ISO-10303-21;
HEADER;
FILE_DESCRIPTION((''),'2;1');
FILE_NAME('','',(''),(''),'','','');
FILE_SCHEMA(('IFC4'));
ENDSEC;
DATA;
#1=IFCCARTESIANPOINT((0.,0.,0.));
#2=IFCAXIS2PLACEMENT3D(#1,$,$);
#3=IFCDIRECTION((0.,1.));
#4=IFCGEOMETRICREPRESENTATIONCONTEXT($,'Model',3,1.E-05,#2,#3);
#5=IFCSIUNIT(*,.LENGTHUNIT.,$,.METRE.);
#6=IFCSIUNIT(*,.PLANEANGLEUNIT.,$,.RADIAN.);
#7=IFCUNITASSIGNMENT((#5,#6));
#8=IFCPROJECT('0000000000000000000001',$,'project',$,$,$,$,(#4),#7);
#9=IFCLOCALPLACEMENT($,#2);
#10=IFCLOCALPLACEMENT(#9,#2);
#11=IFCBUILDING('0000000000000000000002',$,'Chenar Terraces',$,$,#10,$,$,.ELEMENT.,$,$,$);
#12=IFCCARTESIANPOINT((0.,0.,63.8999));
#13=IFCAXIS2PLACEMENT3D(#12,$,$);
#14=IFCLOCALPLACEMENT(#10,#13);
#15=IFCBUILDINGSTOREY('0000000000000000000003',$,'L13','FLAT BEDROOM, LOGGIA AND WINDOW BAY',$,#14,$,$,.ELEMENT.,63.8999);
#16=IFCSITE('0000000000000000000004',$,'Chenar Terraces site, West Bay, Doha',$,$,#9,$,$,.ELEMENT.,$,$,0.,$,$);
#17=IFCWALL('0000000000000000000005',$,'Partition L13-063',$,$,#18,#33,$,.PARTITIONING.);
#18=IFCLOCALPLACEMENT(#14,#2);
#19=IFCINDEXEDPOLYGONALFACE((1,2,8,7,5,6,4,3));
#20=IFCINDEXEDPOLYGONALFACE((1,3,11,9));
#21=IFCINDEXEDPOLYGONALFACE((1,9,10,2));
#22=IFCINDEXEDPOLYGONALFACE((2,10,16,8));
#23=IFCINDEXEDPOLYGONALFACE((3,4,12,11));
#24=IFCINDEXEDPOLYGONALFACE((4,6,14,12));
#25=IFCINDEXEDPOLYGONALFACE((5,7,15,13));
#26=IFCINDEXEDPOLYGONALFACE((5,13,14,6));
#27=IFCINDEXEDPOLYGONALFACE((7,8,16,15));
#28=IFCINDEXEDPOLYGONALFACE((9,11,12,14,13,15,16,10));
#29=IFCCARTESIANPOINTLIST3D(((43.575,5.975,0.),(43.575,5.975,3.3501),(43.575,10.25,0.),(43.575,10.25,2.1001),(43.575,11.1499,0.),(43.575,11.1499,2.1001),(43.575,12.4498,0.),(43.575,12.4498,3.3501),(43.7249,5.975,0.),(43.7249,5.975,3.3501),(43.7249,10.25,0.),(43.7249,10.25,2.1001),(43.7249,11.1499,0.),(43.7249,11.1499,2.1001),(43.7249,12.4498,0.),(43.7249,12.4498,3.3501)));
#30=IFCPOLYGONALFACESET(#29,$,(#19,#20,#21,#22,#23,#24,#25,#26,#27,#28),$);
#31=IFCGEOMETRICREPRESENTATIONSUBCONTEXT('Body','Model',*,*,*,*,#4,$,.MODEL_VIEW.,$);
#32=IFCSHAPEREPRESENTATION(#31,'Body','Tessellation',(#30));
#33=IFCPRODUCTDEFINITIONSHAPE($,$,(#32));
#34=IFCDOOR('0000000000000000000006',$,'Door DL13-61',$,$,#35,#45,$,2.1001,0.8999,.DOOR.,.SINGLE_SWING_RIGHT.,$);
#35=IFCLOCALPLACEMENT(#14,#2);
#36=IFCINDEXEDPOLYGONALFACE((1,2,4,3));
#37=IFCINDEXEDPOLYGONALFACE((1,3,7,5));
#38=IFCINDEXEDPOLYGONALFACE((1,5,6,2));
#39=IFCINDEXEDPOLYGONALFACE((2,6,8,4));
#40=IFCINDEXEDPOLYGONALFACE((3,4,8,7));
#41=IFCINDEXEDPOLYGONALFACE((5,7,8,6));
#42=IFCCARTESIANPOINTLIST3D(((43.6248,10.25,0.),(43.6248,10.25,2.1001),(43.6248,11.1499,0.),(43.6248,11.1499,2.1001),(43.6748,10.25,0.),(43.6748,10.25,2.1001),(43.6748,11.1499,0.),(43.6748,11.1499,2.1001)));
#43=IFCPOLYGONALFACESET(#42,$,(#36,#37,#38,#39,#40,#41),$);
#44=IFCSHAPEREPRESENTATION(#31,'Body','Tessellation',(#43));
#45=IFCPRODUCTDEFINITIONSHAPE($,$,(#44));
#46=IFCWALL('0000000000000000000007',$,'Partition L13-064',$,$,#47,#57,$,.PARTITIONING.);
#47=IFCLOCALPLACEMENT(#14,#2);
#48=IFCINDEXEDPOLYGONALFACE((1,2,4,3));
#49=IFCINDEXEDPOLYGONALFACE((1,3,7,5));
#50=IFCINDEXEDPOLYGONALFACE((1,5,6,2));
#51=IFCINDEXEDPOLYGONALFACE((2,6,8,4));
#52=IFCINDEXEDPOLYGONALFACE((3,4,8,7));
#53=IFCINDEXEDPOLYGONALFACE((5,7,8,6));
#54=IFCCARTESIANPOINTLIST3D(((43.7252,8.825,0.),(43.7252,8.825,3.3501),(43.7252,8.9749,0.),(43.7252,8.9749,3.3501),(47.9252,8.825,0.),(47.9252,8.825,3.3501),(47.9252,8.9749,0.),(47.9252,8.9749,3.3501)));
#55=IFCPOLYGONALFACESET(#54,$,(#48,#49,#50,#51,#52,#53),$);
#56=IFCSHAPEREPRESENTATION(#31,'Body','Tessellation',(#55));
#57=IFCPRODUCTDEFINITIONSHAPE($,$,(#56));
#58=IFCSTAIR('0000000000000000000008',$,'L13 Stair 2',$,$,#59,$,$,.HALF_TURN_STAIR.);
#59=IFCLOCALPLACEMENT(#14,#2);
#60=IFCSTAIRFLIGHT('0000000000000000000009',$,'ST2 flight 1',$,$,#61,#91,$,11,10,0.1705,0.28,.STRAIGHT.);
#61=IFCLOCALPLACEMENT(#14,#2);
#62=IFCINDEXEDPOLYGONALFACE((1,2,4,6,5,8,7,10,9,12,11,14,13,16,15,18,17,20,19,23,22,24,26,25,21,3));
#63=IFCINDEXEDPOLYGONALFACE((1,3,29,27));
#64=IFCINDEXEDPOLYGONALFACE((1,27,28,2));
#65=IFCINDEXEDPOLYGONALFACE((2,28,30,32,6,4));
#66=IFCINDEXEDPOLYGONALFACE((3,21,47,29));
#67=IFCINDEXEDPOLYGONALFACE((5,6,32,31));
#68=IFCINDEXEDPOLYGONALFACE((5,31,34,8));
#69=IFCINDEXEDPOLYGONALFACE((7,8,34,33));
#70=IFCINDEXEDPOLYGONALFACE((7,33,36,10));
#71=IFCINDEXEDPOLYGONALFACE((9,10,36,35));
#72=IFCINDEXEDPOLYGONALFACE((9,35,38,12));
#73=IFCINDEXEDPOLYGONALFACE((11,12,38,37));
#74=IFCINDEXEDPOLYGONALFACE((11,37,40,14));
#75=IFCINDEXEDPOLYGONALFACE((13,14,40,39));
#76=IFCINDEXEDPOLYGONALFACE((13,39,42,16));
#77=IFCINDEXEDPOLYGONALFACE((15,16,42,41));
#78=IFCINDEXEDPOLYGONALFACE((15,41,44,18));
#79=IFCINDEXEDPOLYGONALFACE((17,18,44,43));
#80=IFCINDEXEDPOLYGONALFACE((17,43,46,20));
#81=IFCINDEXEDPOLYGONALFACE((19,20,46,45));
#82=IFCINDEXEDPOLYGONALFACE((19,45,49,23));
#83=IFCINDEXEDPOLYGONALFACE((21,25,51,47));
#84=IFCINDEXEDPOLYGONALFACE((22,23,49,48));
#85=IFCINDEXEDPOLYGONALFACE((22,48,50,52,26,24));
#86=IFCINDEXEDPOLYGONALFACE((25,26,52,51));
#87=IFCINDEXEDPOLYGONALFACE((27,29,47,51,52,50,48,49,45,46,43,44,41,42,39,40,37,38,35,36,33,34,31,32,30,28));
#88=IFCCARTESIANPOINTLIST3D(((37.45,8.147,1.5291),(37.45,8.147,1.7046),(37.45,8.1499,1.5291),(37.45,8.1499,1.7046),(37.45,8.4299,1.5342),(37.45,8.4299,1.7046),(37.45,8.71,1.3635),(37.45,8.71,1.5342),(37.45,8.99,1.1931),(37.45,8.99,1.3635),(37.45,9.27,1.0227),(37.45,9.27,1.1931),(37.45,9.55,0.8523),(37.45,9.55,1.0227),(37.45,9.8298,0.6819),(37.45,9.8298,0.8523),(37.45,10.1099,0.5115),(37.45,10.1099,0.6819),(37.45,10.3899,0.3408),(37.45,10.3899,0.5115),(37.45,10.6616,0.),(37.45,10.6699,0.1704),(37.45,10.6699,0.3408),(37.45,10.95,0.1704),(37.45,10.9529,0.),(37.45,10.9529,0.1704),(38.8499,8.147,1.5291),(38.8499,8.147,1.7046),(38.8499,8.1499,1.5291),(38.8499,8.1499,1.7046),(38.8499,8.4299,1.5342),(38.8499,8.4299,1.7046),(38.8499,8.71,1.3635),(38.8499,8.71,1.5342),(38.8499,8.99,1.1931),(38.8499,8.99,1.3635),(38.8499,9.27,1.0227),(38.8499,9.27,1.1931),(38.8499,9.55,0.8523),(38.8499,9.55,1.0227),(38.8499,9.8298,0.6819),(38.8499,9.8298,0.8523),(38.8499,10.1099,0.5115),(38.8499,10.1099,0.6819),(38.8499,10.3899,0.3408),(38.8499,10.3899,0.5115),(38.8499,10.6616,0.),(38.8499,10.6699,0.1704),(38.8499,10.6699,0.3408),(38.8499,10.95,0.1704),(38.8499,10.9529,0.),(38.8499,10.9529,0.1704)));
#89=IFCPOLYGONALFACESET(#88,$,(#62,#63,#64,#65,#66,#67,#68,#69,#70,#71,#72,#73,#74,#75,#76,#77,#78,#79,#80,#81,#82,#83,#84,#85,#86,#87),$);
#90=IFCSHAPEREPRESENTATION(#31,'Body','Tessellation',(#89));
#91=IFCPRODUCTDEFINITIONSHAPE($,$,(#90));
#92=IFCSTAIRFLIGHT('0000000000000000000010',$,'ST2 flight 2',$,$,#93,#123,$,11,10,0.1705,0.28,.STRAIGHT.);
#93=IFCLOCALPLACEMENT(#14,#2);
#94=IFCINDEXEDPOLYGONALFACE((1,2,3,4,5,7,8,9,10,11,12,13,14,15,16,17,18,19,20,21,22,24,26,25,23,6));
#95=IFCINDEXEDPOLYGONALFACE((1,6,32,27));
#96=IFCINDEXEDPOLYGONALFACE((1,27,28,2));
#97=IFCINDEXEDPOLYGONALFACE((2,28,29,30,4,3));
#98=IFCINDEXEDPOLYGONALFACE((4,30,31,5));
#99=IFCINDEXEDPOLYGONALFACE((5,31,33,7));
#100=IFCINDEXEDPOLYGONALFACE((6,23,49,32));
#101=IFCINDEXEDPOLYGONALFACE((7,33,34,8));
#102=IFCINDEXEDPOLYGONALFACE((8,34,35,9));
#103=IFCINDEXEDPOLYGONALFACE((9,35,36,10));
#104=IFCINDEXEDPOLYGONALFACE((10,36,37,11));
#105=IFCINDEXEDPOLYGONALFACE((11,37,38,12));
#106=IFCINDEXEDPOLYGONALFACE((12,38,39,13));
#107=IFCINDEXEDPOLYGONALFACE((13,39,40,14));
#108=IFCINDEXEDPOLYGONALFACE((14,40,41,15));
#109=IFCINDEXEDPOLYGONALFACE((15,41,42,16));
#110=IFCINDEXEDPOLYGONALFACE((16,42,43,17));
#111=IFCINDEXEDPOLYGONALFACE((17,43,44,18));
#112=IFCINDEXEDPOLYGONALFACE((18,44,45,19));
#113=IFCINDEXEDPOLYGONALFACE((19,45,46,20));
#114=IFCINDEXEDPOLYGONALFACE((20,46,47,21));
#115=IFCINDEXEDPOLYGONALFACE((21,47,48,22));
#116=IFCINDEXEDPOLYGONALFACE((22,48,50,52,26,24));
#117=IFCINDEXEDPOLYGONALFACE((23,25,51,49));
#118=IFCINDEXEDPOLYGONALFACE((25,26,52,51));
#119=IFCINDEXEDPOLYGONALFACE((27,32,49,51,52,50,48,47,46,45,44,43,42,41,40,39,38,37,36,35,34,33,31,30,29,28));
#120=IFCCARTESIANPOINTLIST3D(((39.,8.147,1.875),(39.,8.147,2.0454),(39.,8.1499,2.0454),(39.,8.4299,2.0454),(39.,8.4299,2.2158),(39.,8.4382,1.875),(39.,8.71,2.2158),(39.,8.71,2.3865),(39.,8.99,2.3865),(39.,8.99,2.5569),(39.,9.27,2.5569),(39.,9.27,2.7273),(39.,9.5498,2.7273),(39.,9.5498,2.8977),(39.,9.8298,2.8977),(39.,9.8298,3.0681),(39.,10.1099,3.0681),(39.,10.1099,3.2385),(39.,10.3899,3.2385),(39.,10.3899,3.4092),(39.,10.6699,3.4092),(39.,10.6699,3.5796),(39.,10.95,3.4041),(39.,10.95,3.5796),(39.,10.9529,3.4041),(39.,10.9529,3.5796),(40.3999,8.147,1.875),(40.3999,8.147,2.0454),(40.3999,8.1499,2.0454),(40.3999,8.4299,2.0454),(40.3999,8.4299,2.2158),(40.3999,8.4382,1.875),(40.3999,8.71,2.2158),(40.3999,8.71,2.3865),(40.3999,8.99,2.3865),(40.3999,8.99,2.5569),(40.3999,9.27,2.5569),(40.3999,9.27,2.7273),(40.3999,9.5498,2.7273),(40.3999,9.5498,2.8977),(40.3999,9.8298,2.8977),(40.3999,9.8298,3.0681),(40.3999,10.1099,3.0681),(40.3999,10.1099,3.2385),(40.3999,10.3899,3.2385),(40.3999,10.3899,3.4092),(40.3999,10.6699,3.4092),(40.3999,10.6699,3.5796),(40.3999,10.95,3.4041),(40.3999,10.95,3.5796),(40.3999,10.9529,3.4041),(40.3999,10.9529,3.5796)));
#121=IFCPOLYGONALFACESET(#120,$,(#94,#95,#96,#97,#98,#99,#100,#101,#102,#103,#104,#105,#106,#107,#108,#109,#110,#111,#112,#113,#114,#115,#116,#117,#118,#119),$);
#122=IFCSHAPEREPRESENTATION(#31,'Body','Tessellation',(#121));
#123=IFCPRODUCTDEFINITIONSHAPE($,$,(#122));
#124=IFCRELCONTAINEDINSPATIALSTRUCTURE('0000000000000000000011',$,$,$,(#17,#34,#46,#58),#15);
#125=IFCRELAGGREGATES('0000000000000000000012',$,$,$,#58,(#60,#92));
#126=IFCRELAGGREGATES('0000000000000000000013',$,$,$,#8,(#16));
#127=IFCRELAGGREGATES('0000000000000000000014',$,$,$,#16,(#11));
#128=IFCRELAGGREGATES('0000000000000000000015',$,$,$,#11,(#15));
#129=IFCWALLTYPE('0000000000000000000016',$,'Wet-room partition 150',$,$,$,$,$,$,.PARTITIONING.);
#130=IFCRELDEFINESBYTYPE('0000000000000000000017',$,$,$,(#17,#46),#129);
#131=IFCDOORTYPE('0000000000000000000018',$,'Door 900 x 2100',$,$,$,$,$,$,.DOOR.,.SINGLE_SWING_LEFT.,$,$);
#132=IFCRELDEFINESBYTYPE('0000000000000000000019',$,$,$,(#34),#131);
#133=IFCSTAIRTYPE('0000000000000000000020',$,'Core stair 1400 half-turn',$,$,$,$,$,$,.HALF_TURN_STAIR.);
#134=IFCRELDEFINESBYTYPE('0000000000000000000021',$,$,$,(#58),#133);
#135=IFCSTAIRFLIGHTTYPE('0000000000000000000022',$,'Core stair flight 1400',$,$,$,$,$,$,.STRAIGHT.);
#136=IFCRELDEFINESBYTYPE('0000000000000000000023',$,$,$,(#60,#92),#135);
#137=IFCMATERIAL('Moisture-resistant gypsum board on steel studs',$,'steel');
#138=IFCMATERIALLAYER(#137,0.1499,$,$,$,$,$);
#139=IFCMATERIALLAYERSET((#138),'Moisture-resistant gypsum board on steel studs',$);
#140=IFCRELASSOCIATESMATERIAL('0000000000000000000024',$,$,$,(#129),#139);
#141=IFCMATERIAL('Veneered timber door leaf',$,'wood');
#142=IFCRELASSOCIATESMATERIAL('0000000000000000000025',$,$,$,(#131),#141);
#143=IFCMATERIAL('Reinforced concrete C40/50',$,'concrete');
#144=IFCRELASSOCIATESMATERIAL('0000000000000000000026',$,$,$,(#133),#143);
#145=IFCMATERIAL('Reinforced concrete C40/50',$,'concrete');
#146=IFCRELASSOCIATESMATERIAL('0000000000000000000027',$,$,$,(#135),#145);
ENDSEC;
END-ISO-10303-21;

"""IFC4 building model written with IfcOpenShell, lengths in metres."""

from ifc_helpers import new_model, si_unit, direction, frame, frame_2d, origin, place, context, subcontext, project, spatial, polyline, rectangle, outline, extrude, material, layer, layer_set, type_object, element, fill, aggregate, save


model = new_model("IFC4")

# Units and contexts
model_context = context("Model", 3, precision=1e-05, world=origin(), true_north=direction((0.0, 1.0)))
body_context = subcontext(model_context, "Body", "Model", "MODEL_VIEW")
ifc_project = project(units=[si_unit("LENGTHUNIT", "METRE"), si_unit("PLANEANGLEUNIT", "RADIAN")], contexts=[model_context])

# Site, building, storey
site_placement = place(None, origin())
site = spatial("IfcSite", under=ifc_project, at=site_placement, Name="Chenar Terraces site, West Bay, Doha", CompositionType="ELEMENT", RefElevation=0.0)
building_placement = place(site_placement, origin())
building = spatial("IfcBuilding", under=site, at=building_placement, Name="Chenar Terraces", CompositionType="ELEMENT")
storey_placement = place(building_placement, frame((0.0, 0.0, 63.8999)))
storey = spatial("IfcBuildingStorey", under=building, at=storey_placement, Name="L13", Description="FLAT BEDROOM, LOGGIA AND WINDOW BAY", CompositionType="ELEMENT", Elevation=63.8999)

# Shared definitions
ifc_material_1 = material(Name="Moisture-resistant gypsum board on steel studs", Category="steel")
ifc_layer_1 = layer(ifc_material_1, 0.1499)
ifc_layer_set_1 = layer_set([ifc_layer_1], Name="Moisture-resistant gypsum board on steel studs")
wall_type_1 = type_object("IfcWallType", Name="Wet-room partition 150", PredefinedType="PARTITIONING", material=ifc_layer_set_1)
ifc_material_2 = material(Name="Veneered timber door leaf", Category="wood")
door_type_1 = type_object("IfcDoorType", Name="Door 900 x 2100", OperationType="SINGLE_SWING_LEFT", PredefinedType="DOOR", material=ifc_material_2)

# Wall, opening, door
wall_1_placement = place(storey_placement, frame((43.6499, 5.9751, 0.0), z_axis=(0.0, 0.0, 1.0), x_axis=(0.0, 1.0, 0.0)))
wall_1 = element("IfcWall", 1, at=wall_1_placement, inside=storey, type_object=wall_type_1, Name="Partition L13-063", PredefinedType="PARTITIONING", context=body_context, shape_type="SweptSolid", body=[
    extrude(rectangle(XDim=6.4749, YDim=0.1499, at=frame_2d((3.2373, 0.0))), origin(), (0.0, 0.0, 1.0), 3.3501),
])
opening_1_placement = place(wall_1_placement, frame((4.2749, 0.0, 0.0)))
opening_1 = element("IfcOpeningElement", 2, at=opening_1_placement, cuts=wall_1, PredefinedType="OPENING", context=body_context, shape_type="SweptSolid", body=[
    extrude(rectangle(XDim=0.8999, YDim=2.1001, at=frame_2d((0.45, 1.05))), frame((0.0, 0.085, 0.0), z_axis=(0.0, -1.0, 0.0), x_axis=(1.0, 0.0, 0.0)), (0.0, 0.0, 1.0), 0.1699),
])
door_1_placement = place(opening_1_placement, frame((0.8999, 0.0, 0.0), z_axis=(0.0, 0.0, 1.0), x_axis=(-1.0, 0.0, 0.0)))
door_1 = element("IfcDoor", 3, at=door_1_placement, inside=storey, type_object=door_type_1, Name="Door DL13-61", OperationType="SINGLE_SWING_RIGHT", OverallHeight=2.1001, OverallWidth=0.8999, PredefinedType="DOOR", context=body_context, shape_type="SweptSolid", body=[
    extrude(rectangle(XDim=0.8999, YDim=2.1001, at=frame_2d((0.45, 1.05))), frame((0.0, 0.0249, 0.0), z_axis=(0.0, -1.0, 0.0), x_axis=(1.0, 0.0, 0.0)), (0.0, 0.0, 1.0), 0.05),
])
fill(opening_1, door_1)

# Wall
wall_2_placement = place(storey_placement, frame((43.7251, 8.8999, 0.0), z_axis=(0.0, 0.0, 1.0), x_axis=(1.0, 0.0, 0.0)))
element("IfcWall", 4, at=wall_2_placement, inside=storey, type_object=wall_type_1, Name="Partition L13-064", PredefinedType="PARTITIONING", context=body_context, shape_type="SweptSolid", body=[
    extrude(rectangle(XDim=4.2, YDim=0.1499, at=frame_2d((2.1001, 0.0))), origin(), (0.0, 0.0, 1.0), 3.3501),
])

# Stair, stair flights
ifc_material_3 = material(Name="Reinforced concrete C40/50", Category="concrete")
stair_type = type_object("IfcStairType", Name="Core stair 1400 half-turn", PredefinedType="HALF_TURN_STAIR", material=ifc_material_3)
stair_placement = place(storey_placement, origin())
stair = element("IfcStair", 5, at=stair_placement, inside=storey, type_object=stair_type, Name="L13 Stair 2", PredefinedType="HALF_TURN_STAIR")
ifc_material_4 = material(Name="Reinforced concrete C40/50", Category="concrete")
stair_flight_type = type_object("IfcStairFlightType", Name="Core stair flight 1400", PredefinedType="STRAIGHT", material=ifc_material_4)
stair_flight_1_placement = place(storey_placement, frame((38.1499, 10.95, 0.0), z_axis=(0.0, 0.0, 1.0), x_axis=(0.0, -1.0, 0.0)))
stair_flight_1 = element("IfcStairFlight", 6, at=stair_flight_1_placement, type_object=stair_flight_type, Name="ST2 flight 1", NumberOfRisers=11, NumberOfTreads=10, PredefinedType="STRAIGHT", RiserHeight=0.1705, TreadLength=0.28, context=body_context, shape_type="SweptSolid", body=[
    extrude(outline(polyline([(-0.0029, 0.0), (-0.0029, 0.1704), (0.0, 0.1704), (0.28, 0.1704), (0.28, 0.3408), (0.5601, 0.3408), (0.5601, 0.5115), (0.8401, 0.5115), (0.8401, 0.6819), (1.1201, 0.6819), (1.1201, 0.8523), (1.3999, 0.8523), (1.3999, 1.0227), (1.6799, 1.0227), (1.6799, 1.1931), (1.96, 1.1931), (1.96, 1.3635), (2.24, 1.3635), (2.24, 1.5342), (2.52, 1.5342), (2.52, 1.7046), (2.8, 1.7046), (2.803, 1.7046), (2.803, 1.5291), (2.8, 1.5291), (0.2883, 0.0), (-0.0029, 0.0)])), frame((0.0, 0.7, 0.0), z_axis=(0.0, -1.0, 0.0), x_axis=(1.0, 0.0, 0.0)), (0.0, 0.0, 1.0), 1.3999),
])
stair_flight_2_placement = place(storey_placement, frame((39.7, 8.1499, 1.875), z_axis=(0.0, 0.0, 1.0), x_axis=(0.0, 1.0, 0.0)))
stair_flight_2 = element("IfcStairFlight", 7, at=stair_flight_2_placement, type_object=stair_flight_type, Name="ST2 flight 2", NumberOfRisers=11, NumberOfTreads=10, PredefinedType="STRAIGHT", RiserHeight=0.1705, TreadLength=0.28, context=body_context, shape_type="SweptSolid", body=[
    extrude(outline(polyline([(-0.0029, 0.0), (-0.0029, 0.1704), (0.0, 0.1704), (0.28, 0.1704), (0.28, 0.3408), (0.5601, 0.3408), (0.5601, 0.5115), (0.8401, 0.5115), (0.8401, 0.6819), (1.1201, 0.6819), (1.1201, 0.8523), (1.3999, 0.8523), (1.3999, 1.0227), (1.6799, 1.0227), (1.6799, 1.1931), (1.96, 1.1931), (1.96, 1.3635), (2.24, 1.3635), (2.24, 1.5342), (2.52, 1.5342), (2.52, 1.7046), (2.8, 1.7046), (2.803, 1.7046), (2.803, 1.5291), (2.8, 1.5291), (0.2883, 0.0), (-0.0029, 0.0)])), frame((0.0, 0.7, 0.0), z_axis=(0.0, -1.0, 0.0), x_axis=(1.0, 0.0, 0.0)), (0.0, 0.0, 1.0), 1.3999),
])
aggregate(stair, [stair_flight_1, stair_flight_2])

save(model, "model.ifc")
